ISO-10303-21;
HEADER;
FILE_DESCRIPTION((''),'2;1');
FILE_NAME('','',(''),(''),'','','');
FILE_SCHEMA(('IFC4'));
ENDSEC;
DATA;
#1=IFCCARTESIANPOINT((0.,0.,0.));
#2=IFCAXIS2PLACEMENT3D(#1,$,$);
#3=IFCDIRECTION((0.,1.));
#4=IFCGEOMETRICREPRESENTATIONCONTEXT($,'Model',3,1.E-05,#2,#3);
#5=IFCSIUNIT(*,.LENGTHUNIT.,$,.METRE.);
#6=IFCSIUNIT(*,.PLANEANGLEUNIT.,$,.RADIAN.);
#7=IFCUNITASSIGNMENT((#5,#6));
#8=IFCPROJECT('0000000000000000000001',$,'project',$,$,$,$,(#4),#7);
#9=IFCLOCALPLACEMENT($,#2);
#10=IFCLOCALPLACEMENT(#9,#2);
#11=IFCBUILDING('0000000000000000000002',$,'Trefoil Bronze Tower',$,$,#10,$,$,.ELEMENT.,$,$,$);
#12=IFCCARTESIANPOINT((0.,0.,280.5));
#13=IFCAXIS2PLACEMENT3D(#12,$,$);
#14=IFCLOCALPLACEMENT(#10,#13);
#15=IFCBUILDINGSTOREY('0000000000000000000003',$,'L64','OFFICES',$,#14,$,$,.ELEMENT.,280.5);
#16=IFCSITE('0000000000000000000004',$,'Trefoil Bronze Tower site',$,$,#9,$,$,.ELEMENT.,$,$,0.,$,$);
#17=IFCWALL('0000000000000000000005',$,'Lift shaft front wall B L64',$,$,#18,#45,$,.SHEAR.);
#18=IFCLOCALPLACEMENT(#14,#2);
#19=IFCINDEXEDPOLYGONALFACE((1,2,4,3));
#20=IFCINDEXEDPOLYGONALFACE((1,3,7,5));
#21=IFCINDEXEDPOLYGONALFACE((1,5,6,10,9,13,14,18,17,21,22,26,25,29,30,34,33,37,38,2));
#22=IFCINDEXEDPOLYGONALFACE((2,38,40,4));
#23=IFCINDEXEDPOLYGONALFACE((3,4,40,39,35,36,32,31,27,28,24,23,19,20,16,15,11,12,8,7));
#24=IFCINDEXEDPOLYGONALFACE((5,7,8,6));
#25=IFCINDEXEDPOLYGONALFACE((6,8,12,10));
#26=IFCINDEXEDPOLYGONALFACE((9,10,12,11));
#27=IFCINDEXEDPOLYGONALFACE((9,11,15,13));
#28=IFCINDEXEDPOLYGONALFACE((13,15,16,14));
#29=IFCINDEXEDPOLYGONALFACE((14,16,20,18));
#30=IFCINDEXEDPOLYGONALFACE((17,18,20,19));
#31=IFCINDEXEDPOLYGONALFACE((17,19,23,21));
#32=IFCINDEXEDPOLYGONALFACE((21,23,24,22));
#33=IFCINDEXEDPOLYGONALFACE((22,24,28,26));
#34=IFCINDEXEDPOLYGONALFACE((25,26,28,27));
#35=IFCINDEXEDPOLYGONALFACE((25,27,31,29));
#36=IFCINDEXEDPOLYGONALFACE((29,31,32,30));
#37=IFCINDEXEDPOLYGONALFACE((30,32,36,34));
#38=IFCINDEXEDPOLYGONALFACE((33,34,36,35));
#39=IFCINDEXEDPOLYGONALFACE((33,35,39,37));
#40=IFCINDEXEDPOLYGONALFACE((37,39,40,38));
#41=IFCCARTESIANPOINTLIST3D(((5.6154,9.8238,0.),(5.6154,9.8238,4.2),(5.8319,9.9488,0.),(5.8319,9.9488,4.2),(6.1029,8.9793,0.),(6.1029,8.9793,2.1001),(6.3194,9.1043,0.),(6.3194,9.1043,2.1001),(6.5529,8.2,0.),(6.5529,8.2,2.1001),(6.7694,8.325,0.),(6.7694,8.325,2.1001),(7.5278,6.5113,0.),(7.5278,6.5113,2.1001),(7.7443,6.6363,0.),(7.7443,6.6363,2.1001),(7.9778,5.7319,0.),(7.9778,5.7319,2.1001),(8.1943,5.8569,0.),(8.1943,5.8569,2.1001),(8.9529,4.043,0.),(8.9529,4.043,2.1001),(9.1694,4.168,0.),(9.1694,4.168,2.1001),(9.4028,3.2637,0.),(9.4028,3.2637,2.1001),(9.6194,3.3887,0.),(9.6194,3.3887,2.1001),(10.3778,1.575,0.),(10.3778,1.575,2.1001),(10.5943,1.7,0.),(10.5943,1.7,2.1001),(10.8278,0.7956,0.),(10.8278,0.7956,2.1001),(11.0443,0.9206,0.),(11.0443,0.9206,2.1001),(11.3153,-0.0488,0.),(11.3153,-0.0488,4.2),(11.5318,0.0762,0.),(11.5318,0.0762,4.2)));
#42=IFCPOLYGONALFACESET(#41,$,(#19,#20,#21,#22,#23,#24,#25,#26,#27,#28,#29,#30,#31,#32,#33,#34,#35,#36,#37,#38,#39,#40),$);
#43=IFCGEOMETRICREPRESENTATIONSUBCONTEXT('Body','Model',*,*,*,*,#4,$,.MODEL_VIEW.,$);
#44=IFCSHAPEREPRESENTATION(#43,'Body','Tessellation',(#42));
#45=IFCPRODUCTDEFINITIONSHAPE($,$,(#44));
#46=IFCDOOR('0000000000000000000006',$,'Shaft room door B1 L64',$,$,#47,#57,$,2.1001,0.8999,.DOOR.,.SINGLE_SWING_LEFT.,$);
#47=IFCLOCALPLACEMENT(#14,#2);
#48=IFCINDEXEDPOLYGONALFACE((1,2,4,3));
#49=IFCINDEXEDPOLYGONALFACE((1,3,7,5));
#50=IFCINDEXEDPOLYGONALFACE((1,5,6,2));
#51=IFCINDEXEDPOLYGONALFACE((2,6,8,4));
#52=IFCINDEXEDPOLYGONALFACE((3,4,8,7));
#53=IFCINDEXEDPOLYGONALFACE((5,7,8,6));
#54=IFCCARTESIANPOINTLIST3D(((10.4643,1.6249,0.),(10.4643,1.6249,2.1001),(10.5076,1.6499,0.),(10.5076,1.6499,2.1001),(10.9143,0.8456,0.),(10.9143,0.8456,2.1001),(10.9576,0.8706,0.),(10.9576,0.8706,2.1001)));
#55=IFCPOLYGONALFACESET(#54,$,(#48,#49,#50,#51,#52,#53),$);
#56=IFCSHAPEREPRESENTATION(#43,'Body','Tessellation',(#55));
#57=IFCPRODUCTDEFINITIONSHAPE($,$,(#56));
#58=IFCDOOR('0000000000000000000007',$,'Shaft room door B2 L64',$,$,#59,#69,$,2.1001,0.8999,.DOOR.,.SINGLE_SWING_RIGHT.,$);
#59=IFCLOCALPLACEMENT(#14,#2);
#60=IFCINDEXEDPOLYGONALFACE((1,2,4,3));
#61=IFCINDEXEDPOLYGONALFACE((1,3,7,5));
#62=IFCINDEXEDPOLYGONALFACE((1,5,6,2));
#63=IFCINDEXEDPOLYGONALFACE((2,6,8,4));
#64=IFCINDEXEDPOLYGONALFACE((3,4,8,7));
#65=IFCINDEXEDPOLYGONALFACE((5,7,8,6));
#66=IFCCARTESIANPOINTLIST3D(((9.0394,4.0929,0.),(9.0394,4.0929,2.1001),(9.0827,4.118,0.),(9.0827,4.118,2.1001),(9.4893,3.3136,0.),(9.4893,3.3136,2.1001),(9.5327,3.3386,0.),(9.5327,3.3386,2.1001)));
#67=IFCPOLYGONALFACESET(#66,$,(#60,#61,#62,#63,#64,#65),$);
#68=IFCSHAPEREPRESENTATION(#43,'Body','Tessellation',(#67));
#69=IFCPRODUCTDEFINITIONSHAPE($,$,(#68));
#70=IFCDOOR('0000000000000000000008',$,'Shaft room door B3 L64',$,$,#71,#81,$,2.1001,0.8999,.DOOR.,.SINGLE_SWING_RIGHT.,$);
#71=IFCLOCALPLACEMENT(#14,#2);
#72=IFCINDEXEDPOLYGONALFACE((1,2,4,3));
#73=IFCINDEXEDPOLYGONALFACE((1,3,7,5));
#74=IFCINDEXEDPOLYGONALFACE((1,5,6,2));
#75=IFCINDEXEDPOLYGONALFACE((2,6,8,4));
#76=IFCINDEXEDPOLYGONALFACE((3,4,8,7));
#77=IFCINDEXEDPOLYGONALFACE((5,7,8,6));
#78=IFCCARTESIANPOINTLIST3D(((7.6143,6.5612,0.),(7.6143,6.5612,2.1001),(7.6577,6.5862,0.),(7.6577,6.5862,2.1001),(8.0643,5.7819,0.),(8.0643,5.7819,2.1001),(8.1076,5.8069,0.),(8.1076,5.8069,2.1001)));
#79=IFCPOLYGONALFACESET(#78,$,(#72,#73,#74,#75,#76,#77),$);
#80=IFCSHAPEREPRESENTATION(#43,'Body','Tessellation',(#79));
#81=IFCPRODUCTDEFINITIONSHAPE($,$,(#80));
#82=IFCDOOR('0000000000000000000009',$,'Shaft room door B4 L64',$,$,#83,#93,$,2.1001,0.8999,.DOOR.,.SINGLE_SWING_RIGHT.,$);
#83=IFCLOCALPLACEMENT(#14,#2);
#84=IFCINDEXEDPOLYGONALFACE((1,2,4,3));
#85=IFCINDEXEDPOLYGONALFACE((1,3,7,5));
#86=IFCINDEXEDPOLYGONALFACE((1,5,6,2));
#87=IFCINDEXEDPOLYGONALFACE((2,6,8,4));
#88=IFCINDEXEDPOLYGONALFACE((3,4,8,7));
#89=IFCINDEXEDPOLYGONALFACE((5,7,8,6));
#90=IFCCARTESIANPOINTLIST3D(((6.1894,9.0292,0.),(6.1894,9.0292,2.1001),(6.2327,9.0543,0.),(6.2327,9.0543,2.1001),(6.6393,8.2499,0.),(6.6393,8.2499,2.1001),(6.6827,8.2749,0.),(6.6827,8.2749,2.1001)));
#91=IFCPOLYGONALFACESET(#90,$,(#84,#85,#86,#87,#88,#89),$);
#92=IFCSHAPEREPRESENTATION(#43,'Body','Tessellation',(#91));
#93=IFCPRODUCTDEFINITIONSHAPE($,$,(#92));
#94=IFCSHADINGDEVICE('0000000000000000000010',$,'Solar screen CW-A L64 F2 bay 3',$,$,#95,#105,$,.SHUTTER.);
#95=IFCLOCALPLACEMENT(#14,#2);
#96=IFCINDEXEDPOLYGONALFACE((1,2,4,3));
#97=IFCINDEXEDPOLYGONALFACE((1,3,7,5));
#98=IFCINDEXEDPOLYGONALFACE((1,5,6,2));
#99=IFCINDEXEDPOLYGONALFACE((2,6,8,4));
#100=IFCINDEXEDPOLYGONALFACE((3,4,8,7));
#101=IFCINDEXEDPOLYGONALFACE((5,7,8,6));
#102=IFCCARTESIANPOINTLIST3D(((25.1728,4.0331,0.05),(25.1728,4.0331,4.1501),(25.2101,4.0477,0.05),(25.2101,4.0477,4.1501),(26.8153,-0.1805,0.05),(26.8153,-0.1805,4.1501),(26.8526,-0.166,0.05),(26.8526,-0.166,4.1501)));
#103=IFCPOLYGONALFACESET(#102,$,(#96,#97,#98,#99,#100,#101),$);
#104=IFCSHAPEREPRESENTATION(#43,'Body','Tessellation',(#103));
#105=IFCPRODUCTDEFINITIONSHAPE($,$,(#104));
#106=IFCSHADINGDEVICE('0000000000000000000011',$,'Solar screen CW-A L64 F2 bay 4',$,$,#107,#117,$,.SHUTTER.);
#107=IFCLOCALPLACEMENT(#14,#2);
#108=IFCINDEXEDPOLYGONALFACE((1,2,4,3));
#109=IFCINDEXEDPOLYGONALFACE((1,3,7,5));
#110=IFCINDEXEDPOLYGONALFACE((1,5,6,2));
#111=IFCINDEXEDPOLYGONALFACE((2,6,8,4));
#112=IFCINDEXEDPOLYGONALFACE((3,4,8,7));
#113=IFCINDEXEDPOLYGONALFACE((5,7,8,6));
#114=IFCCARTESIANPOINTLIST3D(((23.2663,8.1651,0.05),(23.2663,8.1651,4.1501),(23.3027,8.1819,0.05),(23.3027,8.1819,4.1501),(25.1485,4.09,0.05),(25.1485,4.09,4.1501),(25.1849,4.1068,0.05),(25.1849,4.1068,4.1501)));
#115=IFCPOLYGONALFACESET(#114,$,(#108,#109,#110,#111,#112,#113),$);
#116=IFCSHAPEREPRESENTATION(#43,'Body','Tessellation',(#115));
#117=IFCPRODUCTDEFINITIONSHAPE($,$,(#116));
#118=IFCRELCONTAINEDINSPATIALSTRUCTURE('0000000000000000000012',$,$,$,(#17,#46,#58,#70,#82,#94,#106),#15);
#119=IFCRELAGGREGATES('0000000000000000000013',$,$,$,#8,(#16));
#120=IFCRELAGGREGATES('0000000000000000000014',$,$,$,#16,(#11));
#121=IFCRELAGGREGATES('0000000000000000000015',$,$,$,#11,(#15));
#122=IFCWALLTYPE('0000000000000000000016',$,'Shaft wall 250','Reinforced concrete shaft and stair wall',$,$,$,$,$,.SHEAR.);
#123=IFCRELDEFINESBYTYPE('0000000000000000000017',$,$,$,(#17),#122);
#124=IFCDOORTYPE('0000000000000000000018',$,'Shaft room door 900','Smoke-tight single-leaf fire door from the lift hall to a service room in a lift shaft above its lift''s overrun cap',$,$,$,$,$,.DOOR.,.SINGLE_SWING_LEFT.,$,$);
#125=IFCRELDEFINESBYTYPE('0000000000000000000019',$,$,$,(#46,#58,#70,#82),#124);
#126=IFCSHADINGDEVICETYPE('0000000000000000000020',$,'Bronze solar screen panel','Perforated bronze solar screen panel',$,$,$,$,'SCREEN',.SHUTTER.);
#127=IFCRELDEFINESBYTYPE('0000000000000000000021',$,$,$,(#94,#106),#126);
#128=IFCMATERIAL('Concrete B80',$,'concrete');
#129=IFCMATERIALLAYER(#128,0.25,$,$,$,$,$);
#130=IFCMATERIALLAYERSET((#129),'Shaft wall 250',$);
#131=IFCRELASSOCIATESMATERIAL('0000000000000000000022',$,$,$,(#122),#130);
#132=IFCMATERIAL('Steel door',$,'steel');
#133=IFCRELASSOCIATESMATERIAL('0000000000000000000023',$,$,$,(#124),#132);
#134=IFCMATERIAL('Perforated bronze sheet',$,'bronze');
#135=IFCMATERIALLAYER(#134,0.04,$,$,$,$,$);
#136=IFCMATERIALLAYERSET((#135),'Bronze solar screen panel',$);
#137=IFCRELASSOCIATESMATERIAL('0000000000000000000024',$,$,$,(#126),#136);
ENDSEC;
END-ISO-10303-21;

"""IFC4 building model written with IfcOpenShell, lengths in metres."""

from ifc_helpers import new_model, si_unit, direction, frame, frame_2d, origin, origin_2d, place, context, subcontext, project, spatial, rectangle, extrude, material, layer, layer_set, type_object, element, fill, save


model = new_model("IFC4")

# Units and contexts
model_context = context("Model", 3, precision=1e-05, world=origin(), true_north=direction((0.0, 1.0)))
body_context = subcontext(model_context, "Body", "Model", "MODEL_VIEW")
ifc_project = project(units=[si_unit("LENGTHUNIT", "METRE"), si_unit("PLANEANGLEUNIT", "RADIAN")], contexts=[model_context])

# Site, building, storey
site_placement = place(None, origin())
site = spatial("IfcSite", under=ifc_project, at=site_placement, Name="Trefoil Bronze Tower site", CompositionType="ELEMENT", RefElevation=0.0)
building_placement = place(site_placement, origin())
building = spatial("IfcBuilding", under=site, at=building_placement, Name="Trefoil Bronze Tower", CompositionType="ELEMENT")
storey_placement = place(building_placement, frame((0.0, 0.0, 280.5)))
storey = spatial("IfcBuildingStorey", under=building, at=storey_placement, Name="L64", Description="OFFICES", CompositionType="ELEMENT", Elevation=280.5)

# Wall, openings, doors
ifc_material_1 = material(Name="Concrete B80", Category="concrete")
ifc_layer_1 = layer(ifc_material_1, 0.25)
ifc_layer_set_1 = layer_set([ifc_layer_1], Name="Shaft wall 250")
wall_type_1 = type_object("IfcWallType", Name="Shaft wall 250", Description="Reinforced concrete shaft and stair wall", PredefinedType="SHEAR", material=ifc_layer_set_1)
wall_1_placement = place(storey_placement, frame((11.4236, 0.0137, 0.0), z_axis=(0.0, 0.0, 1.0), x_axis=(-0.500002, 0.866024, 0.0)))
wall_1 = element("IfcWall", 1, at=wall_1_placement, inside=storey, type_object=wall_type_1, Name="Lift shaft front wall B L64", PredefinedType="SHEAR", context=body_context, shape_type="SweptSolid", body=[
    extrude(rectangle(XDim=11.3999, YDim=0.25, at=frame_2d((5.7, 0.0))), origin(), (0.0, 0.0, 1.0), 4.2),
])
opening_1_placement = place(wall_1_placement, frame((0.9751, 0.0, 0.0)))
opening_1 = element("IfcOpeningElement", 2, at=opening_1_placement, cuts=wall_1, PredefinedType="OPENING", context=body_context, shape_type="SweptSolid", body=[
    extrude(rectangle(XDim=0.8999, YDim=2.1001, at=frame_2d((0.45, 1.05))), frame((0.0, 0.135, 0.0), z_axis=(0.0, -1.0, 0.0), x_axis=(1.0, 0.0, 0.0)), (0.0, 0.0, 1.0), 0.27),
])
opening_2_placement = place(wall_1_placement, frame((3.825, 0.0, 0.0)))
opening_2 = element("IfcOpeningElement", 3, at=opening_2_placement, cuts=wall_1, PredefinedType="OPENING", context=body_context, shape_type="SweptSolid", body=[
    extrude(rectangle(XDim=0.8999, YDim=2.1001, at=frame_2d((0.45, 1.05))), frame((0.0, 0.135, 0.0), z_axis=(0.0, -1.0, 0.0), x_axis=(1.0, 0.0, 0.0)), (0.0, 0.0, 1.0), 0.27),
])
opening_3_placement = place(wall_1_placement, frame((6.675, 0.0, 0.0)))
opening_3 = element("IfcOpeningElement", 4, at=opening_3_placement, cuts=wall_1, PredefinedType="OPENING", context=body_context, shape_type="SweptSolid", body=[
    extrude(rectangle(XDim=0.8999, YDim=2.1001, at=frame_2d((0.45, 1.05))), frame((0.0, 0.135, 0.0), z_axis=(0.0, -1.0, 0.0), x_axis=(1.0, 0.0, 0.0)), (0.0, 0.0, 1.0), 0.27),
])
opening_4_placement = place(wall_1_placement, frame((9.5249, 0.0, 0.0)))
opening_4 = element("IfcOpeningElement", 5, at=opening_4_placement, cuts=wall_1, PredefinedType="OPENING", context=body_context, shape_type="SweptSolid", body=[
    extrude(rectangle(XDim=0.8999, YDim=2.1001, at=frame_2d((0.45, 1.05))), frame((0.0, 0.135, 0.0), z_axis=(0.0, -1.0, 0.0), x_axis=(1.0, 0.0, 0.0)), (0.0, 0.0, 1.0), 0.27),
])
ifc_material_2 = material(Name="Steel door", Category="steel")
door_type_1 = type_object("IfcDoorType", Name="Shaft room door 900", Description="Smoke-tight single-leaf fire door from the lift hall to a service room in a lift shaft above its lift's overrun cap", OperationType="SINGLE_SWING_LEFT", PredefinedType="DOOR", material=ifc_material_2)
door_1_placement = place(opening_1_placement, frame((0.8999, 0.0, 0.0), z_axis=(0.0, 0.0, 1.0), x_axis=(-1.0, 0.0, 0.0)))
door_1 = element("IfcDoor", 6, at=door_1_placement, inside=storey, type_object=door_type_1, Name="Shaft room door B1 L64", OperationType="SINGLE_SWING_LEFT", OverallHeight=2.1001, OverallWidth=0.8999, PredefinedType="DOOR", context=body_context, shape_type="SweptSolid", body=[
    extrude(rectangle(XDim=0.8999, YDim=2.1001, at=frame_2d((0.45, 1.05))), frame((0.0, 0.0249, 0.0), z_axis=(0.0, -1.0, 0.0), x_axis=(1.0, 0.0, 0.0)), (0.0, 0.0, 1.0), 0.05),
])
fill(opening_1, door_1)
door_2_placement = place(opening_2_placement, frame((0.8999, 0.0, 0.0), z_axis=(0.0, 0.0, 1.0), x_axis=(-1.0, 0.0, 0.0)))
door_2 = element("IfcDoor", 7, at=door_2_placement, inside=storey, type_object=door_type_1, Name="Shaft room door B2 L64", OperationType="SINGLE_SWING_RIGHT", OverallHeight=2.1001, OverallWidth=0.8999, PredefinedType="DOOR", context=body_context, shape_type="SweptSolid", body=[
    extrude(rectangle(XDim=0.8999, YDim=2.1001, at=frame_2d((0.45, 1.05))), frame((0.0, 0.0249, 0.0), z_axis=(0.0, -1.0, 0.0), x_axis=(1.0, 0.0, 0.0)), (0.0, 0.0, 1.0), 0.05),
])
fill(opening_2, door_2)
door_3_placement = place(opening_3_placement, frame((0.8999, 0.0, 0.0), z_axis=(0.0, 0.0, 1.0), x_axis=(-1.0, 0.0, 0.0)))
door_3 = element("IfcDoor", 8, at=door_3_placement, inside=storey, type_object=door_type_1, Name="Shaft room door B3 L64", OperationType="SINGLE_SWING_RIGHT", OverallHeight=2.1001, OverallWidth=0.8999, PredefinedType="DOOR", context=body_context, shape_type="SweptSolid", body=[
    extrude(rectangle(XDim=0.8999, YDim=2.1001, at=frame_2d((0.45, 1.05))), frame((0.0, 0.0249, 0.0), z_axis=(0.0, -1.0, 0.0), x_axis=(1.0, 0.0, 0.0)), (0.0, 0.0, 1.0), 0.05),
])
fill(opening_3, door_3)
door_4_placement = place(opening_4_placement, frame((0.8999, 0.0, 0.0), z_axis=(0.0, 0.0, 1.0), x_axis=(-1.0, 0.0, 0.0)))
door_4 = element("IfcDoor", 9, at=door_4_placement, inside=storey, type_object=door_type_1, Name="Shaft room door B4 L64", OperationType="SINGLE_SWING_RIGHT", OverallHeight=2.1001, OverallWidth=0.8999, PredefinedType="DOOR", context=body_context, shape_type="SweptSolid", body=[
    extrude(rectangle(XDim=0.8999, YDim=2.1001, at=frame_2d((0.45, 1.05))), frame((0.0, 0.0249, 0.0), z_axis=(0.0, -1.0, 0.0), x_axis=(1.0, 0.0, 0.0)), (0.0, 0.0, 1.0), 0.05),
])
fill(opening_4, door_4)

# Shading devices
ifc_material_3 = material(Name="Perforated bronze sheet", Category="bronze")
ifc_layer_2 = layer(ifc_material_3, 0.04)
ifc_layer_set_2 = layer_set([ifc_layer_2], Name="Bronze solar screen panel")
shading_device_type = type_object("IfcShadingDeviceType", Name="Bronze solar screen panel", Description="Perforated bronze solar screen panel", ElementType="SCREEN", PredefinedType="SHUTTER", material=ifc_layer_set_2)
shading_device_1_placement = place(storey_placement, frame((26.0127, 1.9336, 0.05), z_axis=(0.0, 0.0, 1.0), x_axis=(-0.363199, 0.931712, 0.0)))
element("IfcShadingDevice", 10, at=shading_device_1_placement, inside=storey, type_object=shading_device_type, Name="Solar screen CW-A L64 F2 bay 3", PredefinedType="SHUTTER", context=body_context, shape_type="SweptSolid", body=[
    extrude(rectangle(XDim=4.5225, YDim=0.04, at=origin_2d()), origin(), (0.0, 0.0, 1.0), 4.1001),
])
shading_device_2_placement = place(storey_placement, frame((24.2256, 6.136, 0.05), z_axis=(0.0, 0.0, 1.0), x_axis=(-0.419309, 0.907844, 0.0)))
element("IfcShadingDevice", 11, at=shading_device_2_placement, inside=storey, type_object=shading_device_type, Name="Solar screen CW-A L64 F2 bay 4", PredefinedType="SHUTTER", context=body_context, shape_type="SweptSolid", body=[
    extrude(rectangle(XDim=4.4888, YDim=0.04, at=origin_2d()), origin(), (0.0, 0.0, 1.0), 4.1001),
])

save(model, "model.ifc")
